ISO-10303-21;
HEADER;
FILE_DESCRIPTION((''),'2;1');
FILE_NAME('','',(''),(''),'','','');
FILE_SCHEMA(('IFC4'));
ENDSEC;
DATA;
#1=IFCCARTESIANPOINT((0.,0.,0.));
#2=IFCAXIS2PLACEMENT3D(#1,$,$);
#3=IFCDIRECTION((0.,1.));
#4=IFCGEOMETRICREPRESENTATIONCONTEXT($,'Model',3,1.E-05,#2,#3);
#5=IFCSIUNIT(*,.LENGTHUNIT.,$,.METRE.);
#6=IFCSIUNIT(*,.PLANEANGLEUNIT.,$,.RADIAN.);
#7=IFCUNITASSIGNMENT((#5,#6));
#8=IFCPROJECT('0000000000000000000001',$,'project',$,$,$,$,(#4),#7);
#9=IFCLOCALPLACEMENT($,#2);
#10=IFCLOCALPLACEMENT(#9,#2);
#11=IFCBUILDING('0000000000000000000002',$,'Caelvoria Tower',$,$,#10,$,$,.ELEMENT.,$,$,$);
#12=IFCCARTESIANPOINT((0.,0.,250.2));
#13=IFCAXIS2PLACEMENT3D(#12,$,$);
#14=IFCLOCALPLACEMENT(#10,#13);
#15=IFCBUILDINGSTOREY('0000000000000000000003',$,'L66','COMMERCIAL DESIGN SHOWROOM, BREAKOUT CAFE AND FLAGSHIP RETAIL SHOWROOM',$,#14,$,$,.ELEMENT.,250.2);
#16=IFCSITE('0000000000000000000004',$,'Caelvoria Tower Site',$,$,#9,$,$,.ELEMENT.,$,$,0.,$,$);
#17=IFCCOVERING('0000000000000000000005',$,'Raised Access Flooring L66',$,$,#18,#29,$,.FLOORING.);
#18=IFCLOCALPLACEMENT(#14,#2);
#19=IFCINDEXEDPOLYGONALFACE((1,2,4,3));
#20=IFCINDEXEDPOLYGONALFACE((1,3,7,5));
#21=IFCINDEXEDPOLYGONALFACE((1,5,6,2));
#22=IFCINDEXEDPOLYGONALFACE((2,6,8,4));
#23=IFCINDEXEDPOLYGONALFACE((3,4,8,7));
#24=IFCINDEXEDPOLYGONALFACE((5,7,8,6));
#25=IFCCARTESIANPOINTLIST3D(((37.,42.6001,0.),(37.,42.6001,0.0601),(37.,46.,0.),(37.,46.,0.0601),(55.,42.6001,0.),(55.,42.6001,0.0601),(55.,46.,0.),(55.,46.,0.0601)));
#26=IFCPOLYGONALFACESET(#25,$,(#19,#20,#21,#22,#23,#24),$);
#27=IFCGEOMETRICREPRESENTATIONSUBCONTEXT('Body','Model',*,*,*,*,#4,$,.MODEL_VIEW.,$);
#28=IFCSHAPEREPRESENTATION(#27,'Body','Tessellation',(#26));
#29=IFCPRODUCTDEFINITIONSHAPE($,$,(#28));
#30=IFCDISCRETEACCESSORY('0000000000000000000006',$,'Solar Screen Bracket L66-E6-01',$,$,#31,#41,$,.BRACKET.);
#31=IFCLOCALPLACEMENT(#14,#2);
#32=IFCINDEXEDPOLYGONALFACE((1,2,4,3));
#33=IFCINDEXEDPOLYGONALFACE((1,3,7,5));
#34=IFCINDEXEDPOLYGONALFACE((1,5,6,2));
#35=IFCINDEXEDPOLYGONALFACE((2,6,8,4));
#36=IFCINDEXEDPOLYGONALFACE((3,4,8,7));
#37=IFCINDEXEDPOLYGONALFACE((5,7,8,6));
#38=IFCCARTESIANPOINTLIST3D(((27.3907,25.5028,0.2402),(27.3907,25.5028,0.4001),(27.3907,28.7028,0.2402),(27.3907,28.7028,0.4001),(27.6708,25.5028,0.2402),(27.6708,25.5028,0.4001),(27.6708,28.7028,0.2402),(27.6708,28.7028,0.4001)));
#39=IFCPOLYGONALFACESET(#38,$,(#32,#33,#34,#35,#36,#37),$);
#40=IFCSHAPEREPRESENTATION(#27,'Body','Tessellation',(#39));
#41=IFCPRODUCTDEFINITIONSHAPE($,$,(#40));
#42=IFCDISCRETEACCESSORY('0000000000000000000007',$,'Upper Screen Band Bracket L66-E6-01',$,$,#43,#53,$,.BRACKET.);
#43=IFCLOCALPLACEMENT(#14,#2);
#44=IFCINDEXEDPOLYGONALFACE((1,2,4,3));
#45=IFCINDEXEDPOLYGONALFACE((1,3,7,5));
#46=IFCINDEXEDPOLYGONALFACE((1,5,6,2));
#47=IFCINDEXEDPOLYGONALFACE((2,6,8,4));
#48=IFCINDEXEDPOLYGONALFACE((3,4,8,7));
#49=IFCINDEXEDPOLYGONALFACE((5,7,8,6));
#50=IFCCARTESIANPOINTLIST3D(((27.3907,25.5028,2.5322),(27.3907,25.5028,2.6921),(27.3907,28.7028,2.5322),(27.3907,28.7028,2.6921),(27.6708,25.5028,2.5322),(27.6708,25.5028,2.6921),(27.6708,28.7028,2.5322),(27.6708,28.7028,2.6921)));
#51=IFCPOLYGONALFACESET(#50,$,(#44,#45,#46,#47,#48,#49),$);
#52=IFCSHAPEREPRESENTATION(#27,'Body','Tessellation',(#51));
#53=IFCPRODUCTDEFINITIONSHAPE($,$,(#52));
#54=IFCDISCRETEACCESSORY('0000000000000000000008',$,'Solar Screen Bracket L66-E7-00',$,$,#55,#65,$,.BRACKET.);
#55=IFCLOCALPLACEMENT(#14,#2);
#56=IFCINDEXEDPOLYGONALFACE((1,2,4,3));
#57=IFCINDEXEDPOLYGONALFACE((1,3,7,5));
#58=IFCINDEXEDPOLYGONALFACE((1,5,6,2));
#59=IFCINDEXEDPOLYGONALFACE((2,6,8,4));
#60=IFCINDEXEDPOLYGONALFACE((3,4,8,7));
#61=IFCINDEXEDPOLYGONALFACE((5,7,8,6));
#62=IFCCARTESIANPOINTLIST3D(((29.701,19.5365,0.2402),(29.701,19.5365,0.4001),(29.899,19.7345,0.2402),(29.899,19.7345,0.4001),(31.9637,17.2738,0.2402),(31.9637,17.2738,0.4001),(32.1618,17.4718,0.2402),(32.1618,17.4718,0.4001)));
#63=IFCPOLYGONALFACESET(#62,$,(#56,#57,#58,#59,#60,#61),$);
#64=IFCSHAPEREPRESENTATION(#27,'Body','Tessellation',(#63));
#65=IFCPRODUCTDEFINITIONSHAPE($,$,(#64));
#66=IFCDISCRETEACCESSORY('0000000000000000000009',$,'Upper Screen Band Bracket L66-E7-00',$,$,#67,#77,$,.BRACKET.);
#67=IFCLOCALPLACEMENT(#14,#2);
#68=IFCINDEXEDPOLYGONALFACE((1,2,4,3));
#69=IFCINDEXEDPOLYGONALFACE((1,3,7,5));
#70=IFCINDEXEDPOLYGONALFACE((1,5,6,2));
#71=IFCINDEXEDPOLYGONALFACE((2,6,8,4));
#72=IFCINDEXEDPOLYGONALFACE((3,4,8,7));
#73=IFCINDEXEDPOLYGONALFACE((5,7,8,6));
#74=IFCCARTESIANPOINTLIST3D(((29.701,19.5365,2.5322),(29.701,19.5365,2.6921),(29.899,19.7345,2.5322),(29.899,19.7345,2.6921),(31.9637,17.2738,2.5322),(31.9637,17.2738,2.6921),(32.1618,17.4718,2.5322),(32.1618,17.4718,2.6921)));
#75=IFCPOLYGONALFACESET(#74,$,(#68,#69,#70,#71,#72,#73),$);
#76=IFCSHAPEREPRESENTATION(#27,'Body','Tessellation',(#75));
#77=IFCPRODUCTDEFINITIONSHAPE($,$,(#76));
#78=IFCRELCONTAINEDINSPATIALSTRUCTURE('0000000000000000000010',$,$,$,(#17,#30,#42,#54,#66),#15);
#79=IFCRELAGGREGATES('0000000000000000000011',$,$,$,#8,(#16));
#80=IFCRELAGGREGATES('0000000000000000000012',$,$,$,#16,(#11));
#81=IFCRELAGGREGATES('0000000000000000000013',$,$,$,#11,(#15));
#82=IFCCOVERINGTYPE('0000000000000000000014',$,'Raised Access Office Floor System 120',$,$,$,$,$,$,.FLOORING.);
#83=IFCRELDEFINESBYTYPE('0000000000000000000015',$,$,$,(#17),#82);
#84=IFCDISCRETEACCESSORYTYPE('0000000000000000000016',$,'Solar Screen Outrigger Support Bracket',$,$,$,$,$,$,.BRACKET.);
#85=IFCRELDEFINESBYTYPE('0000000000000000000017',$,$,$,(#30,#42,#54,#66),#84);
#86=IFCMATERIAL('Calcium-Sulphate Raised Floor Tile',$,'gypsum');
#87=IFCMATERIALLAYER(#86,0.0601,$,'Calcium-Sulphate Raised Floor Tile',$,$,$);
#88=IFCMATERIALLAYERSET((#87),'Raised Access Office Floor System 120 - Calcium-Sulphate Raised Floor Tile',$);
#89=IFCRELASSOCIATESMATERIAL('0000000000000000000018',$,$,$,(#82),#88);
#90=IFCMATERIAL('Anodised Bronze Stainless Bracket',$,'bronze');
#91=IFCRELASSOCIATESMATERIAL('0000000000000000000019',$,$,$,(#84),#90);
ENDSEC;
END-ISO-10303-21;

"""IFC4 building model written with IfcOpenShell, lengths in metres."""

from ifc_helpers import new_model, si_unit, direction, frame, origin, origin_2d, place, context, subcontext, project, spatial, polyline, rectangle, outline, extrude, material, layer, layer_set, type_object, element, save


model = new_model("IFC4")

# Units and contexts
model_context = context("Model", 3, precision=1e-05, world=origin(), true_north=direction((0.0, 1.0)))
body_context = subcontext(model_context, "Body", "Model", "MODEL_VIEW")
ifc_project = project(units=[si_unit("LENGTHUNIT", "METRE"), si_unit("PLANEANGLEUNIT", "RADIAN")], contexts=[model_context])

# Site, building, storey
site_placement = place(None, origin())
site = spatial("IfcSite", under=ifc_project, at=site_placement, Name="Caelvoria Tower Site", CompositionType="ELEMENT", RefElevation=0.0)
building_placement = place(site_placement, origin())
building = spatial("IfcBuilding", under=site, at=building_placement, Name="Caelvoria Tower", CompositionType="ELEMENT")
storey_placement = place(building_placement, frame((0.0, 0.0, 250.2)))
storey = spatial("IfcBuildingStorey", under=building, at=storey_placement, Name="L66", Description="COMMERCIAL DESIGN SHOWROOM, BREAKOUT CAFE AND FLAGSHIP RETAIL SHOWROOM", CompositionType="ELEMENT", Elevation=250.2)

# Covering
ifc_material_1 = material(Name="Calcium-Sulphate Raised Floor Tile", Category="gypsum")
ifc_layer_1 = layer(ifc_material_1, 0.0601, Name="Calcium-Sulphate Raised Floor Tile")
ifc_layer_set_1 = layer_set([ifc_layer_1], Name="Raised Access Office Floor System 120 - Calcium-Sulphate Raised Floor Tile")
covering_type_1 = type_object("IfcCoveringType", Name="Raised Access Office Floor System 120", PredefinedType="FLOORING", material=ifc_layer_set_1)
covering_1_placement = place(storey_placement, origin())
element("IfcCovering", 1, at=covering_1_placement, inside=storey, type_object=covering_type_1, Name="Raised Access Flooring L66", PredefinedType="FLOORING", context=body_context, shape_type="SweptSolid", body=[
    extrude(outline(polyline([(37.0, 42.6001), (55.0, 42.6001), (55.0, 46.0), (37.0, 46.0), (37.0, 42.6001)])), origin(), (0.0, 0.0, 1.0), 0.0601),
])

# Discrete accessories
ifc_material_2 = material(Name="Anodised Bronze Stainless Bracket", Category="bronze")
discrete_accessory_type = type_object("IfcDiscreteAccessoryType", Name="Solar Screen Outrigger Support Bracket", PredefinedType="BRACKET", material=ifc_material_2)
for number, where, z_axis, x_axis, name in (
    (2, (27.5308, 27.1028, 0.2402), (0.0, 0.0, 1.0), (0.0, -1.0, 0.0), "Solar Screen Bracket L66-E6-01"),
    (3, (27.5308, 27.1028, 2.5322), (0.0, 0.0, 1.0), (0.0, -1.0, 0.0), "Upper Screen Band Bracket L66-E6-01"),
    (4, (30.9314, 18.5042, 0.2402), (0.0, 0.0, 1.0), (0.707107, -0.707107, 0.0), "Solar Screen Bracket L66-E7-00"),
    (5, (30.9314, 18.5042, 2.5322), (0.0, 0.0, 1.0), (0.707107, -0.707107, 0.0), "Upper Screen Band Bracket L66-E7-00"),
):
    element("IfcDiscreteAccessory", number, at=place(storey_placement, frame(where, z_axis=z_axis, x_axis=x_axis)), inside=storey, type_object=discrete_accessory_type, Name=name, PredefinedType="BRACKET", context=body_context, shape_type="SweptSolid", body=[
        extrude(rectangle(XDim=3.2, YDim=0.28, at=origin_2d()), origin(), (0.0, 0.0, 1.0), 0.1599),
    ])

save(model, "model.ifc")
